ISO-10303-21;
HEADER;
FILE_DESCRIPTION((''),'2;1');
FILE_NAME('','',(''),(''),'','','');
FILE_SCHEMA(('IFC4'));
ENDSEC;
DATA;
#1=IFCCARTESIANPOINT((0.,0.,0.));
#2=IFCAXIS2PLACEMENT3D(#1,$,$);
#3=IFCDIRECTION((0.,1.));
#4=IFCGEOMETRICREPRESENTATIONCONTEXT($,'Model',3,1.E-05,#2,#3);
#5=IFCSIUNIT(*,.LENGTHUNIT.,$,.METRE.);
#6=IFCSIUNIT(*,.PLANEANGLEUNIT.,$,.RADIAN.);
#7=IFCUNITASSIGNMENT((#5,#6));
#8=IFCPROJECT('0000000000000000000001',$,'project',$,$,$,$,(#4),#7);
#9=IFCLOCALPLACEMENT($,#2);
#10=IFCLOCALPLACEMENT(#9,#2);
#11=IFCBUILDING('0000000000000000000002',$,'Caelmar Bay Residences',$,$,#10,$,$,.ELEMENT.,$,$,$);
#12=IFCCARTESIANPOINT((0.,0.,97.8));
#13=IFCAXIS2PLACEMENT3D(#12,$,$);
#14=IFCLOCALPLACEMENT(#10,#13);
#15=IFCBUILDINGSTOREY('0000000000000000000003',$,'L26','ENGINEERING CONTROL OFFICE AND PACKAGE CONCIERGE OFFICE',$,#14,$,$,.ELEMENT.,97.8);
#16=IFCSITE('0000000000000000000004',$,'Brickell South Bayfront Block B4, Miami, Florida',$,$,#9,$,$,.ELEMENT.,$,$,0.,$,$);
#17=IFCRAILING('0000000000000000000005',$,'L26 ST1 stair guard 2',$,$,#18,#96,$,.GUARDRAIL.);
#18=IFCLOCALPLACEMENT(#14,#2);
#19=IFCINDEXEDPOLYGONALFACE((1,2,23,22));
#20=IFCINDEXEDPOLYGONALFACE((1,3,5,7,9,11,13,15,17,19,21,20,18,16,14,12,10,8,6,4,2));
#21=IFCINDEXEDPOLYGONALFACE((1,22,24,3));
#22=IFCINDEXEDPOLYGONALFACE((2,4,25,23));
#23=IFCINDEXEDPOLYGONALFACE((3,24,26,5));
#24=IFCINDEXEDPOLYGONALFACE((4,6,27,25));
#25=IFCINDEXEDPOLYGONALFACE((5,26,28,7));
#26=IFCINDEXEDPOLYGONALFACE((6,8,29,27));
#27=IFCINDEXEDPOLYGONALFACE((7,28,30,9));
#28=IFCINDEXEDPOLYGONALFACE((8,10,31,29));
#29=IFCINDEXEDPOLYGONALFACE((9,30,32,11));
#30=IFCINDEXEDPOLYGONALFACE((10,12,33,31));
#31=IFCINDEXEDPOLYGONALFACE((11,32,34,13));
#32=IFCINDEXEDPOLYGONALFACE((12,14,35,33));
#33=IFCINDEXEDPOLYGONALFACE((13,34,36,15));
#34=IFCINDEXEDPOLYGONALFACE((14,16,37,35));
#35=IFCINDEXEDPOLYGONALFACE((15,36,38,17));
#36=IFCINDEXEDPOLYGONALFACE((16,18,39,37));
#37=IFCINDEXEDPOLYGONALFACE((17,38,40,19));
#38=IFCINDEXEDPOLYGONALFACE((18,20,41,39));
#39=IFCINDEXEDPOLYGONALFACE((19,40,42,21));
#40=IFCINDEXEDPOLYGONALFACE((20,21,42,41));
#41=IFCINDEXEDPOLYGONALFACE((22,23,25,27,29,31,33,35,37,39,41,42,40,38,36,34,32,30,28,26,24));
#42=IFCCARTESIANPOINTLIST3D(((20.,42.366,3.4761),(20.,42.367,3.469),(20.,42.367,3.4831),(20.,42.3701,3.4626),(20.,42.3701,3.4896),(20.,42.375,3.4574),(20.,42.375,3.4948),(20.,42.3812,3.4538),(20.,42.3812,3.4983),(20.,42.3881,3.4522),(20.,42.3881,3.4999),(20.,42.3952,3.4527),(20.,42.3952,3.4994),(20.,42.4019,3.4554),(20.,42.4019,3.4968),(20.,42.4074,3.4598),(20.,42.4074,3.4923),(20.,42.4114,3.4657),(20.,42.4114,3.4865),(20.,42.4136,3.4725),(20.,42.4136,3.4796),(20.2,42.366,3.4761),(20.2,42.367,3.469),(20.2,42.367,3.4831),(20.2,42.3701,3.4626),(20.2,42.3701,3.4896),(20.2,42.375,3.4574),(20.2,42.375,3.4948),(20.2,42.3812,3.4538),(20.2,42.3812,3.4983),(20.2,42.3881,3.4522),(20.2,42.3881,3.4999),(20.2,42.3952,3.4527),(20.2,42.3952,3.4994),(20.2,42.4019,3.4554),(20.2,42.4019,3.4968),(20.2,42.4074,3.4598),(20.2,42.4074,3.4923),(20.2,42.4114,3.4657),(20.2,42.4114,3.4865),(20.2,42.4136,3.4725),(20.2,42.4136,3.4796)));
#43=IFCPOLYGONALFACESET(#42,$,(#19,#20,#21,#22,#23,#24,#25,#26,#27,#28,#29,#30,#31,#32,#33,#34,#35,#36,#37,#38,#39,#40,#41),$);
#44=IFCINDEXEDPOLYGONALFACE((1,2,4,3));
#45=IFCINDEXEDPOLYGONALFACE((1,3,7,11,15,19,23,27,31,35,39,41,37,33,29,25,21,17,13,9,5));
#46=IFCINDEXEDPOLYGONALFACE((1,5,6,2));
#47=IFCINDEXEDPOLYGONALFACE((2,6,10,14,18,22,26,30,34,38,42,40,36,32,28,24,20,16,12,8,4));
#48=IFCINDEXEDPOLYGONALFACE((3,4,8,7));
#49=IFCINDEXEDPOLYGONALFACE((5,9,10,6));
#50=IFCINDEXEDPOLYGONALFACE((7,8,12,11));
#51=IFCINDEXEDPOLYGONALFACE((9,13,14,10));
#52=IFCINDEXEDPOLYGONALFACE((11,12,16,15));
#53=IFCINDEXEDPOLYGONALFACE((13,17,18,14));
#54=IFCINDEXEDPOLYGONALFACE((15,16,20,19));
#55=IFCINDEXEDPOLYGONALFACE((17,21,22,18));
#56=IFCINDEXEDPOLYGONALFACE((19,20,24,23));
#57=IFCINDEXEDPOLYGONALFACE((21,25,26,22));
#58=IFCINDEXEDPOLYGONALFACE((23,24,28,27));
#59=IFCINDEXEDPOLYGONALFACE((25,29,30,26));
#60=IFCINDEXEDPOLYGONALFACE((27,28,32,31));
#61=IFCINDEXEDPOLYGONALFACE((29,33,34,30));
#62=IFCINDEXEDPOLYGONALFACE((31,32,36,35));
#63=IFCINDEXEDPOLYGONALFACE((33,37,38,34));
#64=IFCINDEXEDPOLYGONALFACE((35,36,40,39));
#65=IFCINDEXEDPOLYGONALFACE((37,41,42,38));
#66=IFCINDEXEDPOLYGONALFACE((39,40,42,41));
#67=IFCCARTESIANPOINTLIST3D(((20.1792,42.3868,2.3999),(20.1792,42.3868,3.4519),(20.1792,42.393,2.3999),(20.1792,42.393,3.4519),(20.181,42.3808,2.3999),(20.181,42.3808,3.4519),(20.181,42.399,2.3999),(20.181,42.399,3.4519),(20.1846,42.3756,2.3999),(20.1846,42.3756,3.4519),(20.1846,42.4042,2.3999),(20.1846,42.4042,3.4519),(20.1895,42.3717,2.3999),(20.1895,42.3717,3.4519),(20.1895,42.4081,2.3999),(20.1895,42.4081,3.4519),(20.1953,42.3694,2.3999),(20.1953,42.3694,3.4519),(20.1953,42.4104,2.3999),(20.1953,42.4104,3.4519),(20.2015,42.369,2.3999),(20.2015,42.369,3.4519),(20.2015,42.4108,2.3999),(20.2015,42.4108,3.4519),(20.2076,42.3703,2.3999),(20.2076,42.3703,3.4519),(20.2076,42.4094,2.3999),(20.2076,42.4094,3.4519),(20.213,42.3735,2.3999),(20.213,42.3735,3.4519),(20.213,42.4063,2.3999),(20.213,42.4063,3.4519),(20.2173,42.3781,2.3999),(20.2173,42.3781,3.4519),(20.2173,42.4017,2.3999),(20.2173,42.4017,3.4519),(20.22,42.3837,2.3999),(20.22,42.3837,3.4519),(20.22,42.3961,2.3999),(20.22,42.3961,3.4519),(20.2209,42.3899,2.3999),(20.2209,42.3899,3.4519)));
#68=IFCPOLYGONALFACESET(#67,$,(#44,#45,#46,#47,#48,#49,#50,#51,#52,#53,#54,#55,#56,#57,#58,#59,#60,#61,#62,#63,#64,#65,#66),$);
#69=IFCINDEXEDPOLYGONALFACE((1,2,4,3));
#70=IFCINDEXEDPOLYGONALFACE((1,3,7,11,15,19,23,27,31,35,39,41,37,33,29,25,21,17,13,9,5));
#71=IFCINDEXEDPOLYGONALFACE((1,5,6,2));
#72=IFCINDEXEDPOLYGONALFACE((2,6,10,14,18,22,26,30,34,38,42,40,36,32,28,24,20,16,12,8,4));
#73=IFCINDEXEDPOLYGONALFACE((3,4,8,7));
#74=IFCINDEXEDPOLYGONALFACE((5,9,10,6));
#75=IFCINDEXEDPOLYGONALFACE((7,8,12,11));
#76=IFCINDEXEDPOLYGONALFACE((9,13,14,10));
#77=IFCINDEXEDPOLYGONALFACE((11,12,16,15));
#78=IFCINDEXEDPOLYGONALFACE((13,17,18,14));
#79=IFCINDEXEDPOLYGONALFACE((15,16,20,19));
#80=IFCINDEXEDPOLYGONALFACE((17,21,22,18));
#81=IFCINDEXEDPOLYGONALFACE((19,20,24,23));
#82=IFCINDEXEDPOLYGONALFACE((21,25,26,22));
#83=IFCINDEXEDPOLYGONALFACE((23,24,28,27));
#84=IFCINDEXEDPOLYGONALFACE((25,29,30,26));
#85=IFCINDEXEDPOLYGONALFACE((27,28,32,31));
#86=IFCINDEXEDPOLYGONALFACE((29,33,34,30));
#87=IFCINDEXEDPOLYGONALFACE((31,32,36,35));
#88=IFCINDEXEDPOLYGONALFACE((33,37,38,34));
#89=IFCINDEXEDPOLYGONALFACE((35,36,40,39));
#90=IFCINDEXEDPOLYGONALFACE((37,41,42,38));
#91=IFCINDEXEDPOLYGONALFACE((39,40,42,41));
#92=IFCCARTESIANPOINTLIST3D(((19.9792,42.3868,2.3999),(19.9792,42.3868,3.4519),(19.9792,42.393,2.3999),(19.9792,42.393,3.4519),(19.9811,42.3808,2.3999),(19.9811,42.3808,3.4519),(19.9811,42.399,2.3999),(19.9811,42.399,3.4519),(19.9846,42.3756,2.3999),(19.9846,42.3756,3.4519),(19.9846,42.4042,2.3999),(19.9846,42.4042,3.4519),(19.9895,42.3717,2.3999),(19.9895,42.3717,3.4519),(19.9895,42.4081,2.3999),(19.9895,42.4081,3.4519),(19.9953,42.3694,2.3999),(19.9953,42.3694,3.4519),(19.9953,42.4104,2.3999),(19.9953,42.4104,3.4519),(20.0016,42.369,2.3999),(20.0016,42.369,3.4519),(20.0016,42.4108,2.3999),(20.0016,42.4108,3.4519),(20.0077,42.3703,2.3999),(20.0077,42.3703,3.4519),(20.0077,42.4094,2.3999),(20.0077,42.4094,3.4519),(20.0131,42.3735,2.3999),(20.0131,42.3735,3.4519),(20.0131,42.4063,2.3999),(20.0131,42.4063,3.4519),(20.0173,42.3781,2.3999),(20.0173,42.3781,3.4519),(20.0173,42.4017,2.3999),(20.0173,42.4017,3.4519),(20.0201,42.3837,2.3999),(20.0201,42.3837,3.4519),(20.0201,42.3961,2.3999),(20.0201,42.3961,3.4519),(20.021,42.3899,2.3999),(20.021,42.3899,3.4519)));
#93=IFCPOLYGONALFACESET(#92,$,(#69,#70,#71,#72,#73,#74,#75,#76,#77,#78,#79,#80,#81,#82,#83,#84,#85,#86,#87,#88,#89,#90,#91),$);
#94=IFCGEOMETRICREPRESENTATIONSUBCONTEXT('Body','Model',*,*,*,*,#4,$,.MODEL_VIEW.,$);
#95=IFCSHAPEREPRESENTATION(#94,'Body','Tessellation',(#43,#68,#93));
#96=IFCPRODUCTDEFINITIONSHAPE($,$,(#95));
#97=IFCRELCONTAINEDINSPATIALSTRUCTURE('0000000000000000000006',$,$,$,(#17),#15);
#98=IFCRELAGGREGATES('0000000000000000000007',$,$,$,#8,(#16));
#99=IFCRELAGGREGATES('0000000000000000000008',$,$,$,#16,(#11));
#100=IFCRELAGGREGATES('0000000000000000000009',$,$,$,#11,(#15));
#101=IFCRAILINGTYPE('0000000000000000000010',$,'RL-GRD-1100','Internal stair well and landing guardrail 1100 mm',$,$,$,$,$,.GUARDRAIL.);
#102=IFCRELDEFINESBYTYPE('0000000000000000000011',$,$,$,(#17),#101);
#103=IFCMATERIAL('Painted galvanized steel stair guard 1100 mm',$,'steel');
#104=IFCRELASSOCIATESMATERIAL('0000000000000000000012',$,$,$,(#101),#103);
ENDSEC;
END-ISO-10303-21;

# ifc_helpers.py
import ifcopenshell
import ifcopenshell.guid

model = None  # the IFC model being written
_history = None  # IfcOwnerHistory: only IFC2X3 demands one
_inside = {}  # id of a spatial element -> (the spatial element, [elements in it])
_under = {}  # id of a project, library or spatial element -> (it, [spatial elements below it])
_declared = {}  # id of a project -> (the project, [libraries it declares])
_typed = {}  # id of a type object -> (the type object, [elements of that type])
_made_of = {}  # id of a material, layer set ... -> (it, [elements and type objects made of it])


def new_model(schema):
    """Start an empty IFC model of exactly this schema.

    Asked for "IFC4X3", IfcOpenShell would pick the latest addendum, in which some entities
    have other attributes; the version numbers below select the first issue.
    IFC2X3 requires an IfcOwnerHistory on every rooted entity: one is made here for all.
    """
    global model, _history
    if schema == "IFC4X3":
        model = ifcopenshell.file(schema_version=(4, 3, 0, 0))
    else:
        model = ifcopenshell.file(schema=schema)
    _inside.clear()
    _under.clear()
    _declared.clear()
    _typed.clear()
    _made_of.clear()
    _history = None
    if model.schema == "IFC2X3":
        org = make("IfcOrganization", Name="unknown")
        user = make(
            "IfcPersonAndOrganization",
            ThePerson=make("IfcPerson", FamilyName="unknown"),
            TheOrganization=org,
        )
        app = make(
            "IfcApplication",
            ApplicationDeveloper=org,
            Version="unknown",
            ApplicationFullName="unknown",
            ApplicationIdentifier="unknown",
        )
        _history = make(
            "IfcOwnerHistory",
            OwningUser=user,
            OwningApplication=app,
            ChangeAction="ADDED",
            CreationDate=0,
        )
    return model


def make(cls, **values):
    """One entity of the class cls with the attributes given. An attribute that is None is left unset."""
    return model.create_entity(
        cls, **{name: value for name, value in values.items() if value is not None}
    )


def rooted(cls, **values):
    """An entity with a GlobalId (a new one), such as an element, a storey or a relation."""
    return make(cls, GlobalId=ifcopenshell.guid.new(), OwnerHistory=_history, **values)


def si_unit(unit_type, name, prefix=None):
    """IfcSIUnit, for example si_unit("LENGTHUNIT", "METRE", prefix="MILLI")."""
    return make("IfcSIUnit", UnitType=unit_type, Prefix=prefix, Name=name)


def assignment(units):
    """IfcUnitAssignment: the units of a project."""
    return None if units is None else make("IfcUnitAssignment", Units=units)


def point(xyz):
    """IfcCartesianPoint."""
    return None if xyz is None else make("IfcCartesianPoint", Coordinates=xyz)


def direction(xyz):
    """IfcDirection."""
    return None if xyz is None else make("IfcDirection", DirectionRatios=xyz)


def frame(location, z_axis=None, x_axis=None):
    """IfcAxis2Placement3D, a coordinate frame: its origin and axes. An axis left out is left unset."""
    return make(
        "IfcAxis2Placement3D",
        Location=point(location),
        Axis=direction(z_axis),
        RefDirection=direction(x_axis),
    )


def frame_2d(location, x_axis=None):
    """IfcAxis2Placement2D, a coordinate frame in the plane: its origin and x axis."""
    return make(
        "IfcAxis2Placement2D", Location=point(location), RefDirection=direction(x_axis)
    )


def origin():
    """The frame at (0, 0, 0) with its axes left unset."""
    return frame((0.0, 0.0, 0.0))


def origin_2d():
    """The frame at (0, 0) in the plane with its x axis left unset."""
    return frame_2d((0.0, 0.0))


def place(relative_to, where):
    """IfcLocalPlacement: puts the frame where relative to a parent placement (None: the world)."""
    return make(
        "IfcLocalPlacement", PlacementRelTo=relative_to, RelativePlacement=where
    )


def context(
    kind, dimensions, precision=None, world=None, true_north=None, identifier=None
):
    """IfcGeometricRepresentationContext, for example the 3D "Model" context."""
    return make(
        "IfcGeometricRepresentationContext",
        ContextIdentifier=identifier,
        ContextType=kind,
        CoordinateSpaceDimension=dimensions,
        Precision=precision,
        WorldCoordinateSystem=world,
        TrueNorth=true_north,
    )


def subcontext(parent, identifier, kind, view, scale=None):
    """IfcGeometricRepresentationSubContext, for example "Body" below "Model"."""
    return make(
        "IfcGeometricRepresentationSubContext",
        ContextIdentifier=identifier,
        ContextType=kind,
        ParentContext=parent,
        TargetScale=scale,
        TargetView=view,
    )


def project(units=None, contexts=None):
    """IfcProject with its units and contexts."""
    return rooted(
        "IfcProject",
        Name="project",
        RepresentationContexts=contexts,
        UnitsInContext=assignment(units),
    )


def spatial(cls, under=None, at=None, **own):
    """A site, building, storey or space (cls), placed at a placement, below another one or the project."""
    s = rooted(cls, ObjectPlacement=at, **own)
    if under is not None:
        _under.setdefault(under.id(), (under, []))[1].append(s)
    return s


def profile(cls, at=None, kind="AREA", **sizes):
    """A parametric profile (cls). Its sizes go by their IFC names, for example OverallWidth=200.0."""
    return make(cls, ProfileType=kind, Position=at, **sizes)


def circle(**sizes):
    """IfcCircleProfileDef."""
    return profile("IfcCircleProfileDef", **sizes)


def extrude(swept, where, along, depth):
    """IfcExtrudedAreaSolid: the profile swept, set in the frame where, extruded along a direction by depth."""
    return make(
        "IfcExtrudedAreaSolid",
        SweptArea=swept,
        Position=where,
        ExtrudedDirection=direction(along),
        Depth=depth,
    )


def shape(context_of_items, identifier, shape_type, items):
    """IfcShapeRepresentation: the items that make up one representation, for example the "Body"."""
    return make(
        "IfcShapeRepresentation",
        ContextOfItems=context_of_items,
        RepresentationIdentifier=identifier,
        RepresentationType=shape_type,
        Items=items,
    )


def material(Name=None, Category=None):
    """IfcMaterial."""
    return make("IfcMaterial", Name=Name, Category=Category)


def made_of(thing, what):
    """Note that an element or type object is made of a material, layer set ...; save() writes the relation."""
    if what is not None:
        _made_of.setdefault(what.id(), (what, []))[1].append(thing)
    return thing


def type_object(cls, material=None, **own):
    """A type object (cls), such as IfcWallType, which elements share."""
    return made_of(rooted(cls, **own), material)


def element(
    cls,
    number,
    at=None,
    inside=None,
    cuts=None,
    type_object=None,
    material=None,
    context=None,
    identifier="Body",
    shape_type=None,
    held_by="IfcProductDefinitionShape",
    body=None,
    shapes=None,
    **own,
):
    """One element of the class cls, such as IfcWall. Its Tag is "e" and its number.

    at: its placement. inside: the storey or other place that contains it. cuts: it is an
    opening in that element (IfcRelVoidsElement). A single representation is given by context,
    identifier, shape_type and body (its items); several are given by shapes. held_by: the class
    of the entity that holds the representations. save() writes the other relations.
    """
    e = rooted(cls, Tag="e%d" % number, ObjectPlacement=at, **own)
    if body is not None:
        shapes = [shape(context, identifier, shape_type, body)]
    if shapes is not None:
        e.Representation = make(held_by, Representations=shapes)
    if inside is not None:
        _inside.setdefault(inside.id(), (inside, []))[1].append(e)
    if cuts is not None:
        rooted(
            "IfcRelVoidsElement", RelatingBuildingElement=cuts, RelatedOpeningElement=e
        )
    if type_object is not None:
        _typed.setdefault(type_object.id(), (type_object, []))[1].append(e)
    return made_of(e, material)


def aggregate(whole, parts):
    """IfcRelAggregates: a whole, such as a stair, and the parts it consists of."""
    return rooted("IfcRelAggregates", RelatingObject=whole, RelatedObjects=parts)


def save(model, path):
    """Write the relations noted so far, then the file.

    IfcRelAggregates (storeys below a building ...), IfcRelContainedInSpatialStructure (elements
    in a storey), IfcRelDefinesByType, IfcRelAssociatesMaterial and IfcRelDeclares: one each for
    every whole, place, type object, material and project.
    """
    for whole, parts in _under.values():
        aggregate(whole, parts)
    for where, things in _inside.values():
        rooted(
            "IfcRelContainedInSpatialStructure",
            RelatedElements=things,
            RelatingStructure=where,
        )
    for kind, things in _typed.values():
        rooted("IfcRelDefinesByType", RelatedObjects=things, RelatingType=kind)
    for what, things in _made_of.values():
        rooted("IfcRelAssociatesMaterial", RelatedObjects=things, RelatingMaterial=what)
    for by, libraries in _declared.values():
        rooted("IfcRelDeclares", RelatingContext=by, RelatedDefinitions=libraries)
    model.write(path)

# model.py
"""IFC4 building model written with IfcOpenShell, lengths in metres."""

from ifc_helpers import new_model, si_unit, direction, frame, origin, origin_2d, place, context, subcontext, project, spatial, circle, extrude, material, type_object, element, save


model = new_model("IFC4")

# Units and contexts
model_context = context("Model", 3, precision=1e-05, world=origin(), true_north=direction((0.0, 1.0)))
body_context = subcontext(model_context, "Body", "Model", "MODEL_VIEW")
ifc_project = project(units=[si_unit("LENGTHUNIT", "METRE"), si_unit("PLANEANGLEUNIT", "RADIAN")], contexts=[model_context])

# Site, building, storey
site_placement = place(None, origin())
site = spatial("IfcSite", under=ifc_project, at=site_placement, Name="Brickell South Bayfront Block B4, Miami, Florida", CompositionType="ELEMENT", RefElevation=0.0)
building_placement = place(site_placement, origin())
building = spatial("IfcBuilding", under=site, at=building_placement, Name="Caelmar Bay Residences", CompositionType="ELEMENT")
storey_placement = place(building_placement, frame((0.0, 0.0, 97.8)))
storey = spatial("IfcBuildingStorey", under=building, at=storey_placement, Name="L26", Description="ENGINEERING CONTROL OFFICE AND PACKAGE CONCIERGE OFFICE", CompositionType="ELEMENT", Elevation=97.8)

# Railing
ifc_material_1 = material(Name="Painted galvanized steel stair guard 1100 mm", Category="steel")
railing_type_1 = type_object("IfcRailingType", Name="RL-GRD-1100", Description="Internal stair well and landing guardrail 1100 mm", PredefinedType="GUARDRAIL", material=ifc_material_1)
railing_1_placement = place(storey_placement, frame((20.2, 42.3899, 2.3999)))
element("IfcRailing", 1, at=railing_1_placement, inside=storey, type_object=railing_type_1, Name="L26 ST1 stair guard 2", PredefinedType="GUARDRAIL", context=body_context, shape_type="SweptSolid", body=[
    extrude(circle(Radius=0.0239, at=origin_2d()), frame((0.0, 0.0, 1.0762), z_axis=(-1.0, 0.0, 0.0), x_axis=(0.0, -1.0, 0.0)), (0.0, 0.0, 1.0), 0.2),
    extrude(circle(Radius=0.021, at=origin_2d()), origin(), (0.0, 0.0, 1.0), 1.052),
    extrude(circle(Radius=0.021, at=origin_2d()), frame((-0.2, 0.0, 0.0)), (0.0, 0.0, 1.0), 1.052),
])

save(model, "model.ifc")
